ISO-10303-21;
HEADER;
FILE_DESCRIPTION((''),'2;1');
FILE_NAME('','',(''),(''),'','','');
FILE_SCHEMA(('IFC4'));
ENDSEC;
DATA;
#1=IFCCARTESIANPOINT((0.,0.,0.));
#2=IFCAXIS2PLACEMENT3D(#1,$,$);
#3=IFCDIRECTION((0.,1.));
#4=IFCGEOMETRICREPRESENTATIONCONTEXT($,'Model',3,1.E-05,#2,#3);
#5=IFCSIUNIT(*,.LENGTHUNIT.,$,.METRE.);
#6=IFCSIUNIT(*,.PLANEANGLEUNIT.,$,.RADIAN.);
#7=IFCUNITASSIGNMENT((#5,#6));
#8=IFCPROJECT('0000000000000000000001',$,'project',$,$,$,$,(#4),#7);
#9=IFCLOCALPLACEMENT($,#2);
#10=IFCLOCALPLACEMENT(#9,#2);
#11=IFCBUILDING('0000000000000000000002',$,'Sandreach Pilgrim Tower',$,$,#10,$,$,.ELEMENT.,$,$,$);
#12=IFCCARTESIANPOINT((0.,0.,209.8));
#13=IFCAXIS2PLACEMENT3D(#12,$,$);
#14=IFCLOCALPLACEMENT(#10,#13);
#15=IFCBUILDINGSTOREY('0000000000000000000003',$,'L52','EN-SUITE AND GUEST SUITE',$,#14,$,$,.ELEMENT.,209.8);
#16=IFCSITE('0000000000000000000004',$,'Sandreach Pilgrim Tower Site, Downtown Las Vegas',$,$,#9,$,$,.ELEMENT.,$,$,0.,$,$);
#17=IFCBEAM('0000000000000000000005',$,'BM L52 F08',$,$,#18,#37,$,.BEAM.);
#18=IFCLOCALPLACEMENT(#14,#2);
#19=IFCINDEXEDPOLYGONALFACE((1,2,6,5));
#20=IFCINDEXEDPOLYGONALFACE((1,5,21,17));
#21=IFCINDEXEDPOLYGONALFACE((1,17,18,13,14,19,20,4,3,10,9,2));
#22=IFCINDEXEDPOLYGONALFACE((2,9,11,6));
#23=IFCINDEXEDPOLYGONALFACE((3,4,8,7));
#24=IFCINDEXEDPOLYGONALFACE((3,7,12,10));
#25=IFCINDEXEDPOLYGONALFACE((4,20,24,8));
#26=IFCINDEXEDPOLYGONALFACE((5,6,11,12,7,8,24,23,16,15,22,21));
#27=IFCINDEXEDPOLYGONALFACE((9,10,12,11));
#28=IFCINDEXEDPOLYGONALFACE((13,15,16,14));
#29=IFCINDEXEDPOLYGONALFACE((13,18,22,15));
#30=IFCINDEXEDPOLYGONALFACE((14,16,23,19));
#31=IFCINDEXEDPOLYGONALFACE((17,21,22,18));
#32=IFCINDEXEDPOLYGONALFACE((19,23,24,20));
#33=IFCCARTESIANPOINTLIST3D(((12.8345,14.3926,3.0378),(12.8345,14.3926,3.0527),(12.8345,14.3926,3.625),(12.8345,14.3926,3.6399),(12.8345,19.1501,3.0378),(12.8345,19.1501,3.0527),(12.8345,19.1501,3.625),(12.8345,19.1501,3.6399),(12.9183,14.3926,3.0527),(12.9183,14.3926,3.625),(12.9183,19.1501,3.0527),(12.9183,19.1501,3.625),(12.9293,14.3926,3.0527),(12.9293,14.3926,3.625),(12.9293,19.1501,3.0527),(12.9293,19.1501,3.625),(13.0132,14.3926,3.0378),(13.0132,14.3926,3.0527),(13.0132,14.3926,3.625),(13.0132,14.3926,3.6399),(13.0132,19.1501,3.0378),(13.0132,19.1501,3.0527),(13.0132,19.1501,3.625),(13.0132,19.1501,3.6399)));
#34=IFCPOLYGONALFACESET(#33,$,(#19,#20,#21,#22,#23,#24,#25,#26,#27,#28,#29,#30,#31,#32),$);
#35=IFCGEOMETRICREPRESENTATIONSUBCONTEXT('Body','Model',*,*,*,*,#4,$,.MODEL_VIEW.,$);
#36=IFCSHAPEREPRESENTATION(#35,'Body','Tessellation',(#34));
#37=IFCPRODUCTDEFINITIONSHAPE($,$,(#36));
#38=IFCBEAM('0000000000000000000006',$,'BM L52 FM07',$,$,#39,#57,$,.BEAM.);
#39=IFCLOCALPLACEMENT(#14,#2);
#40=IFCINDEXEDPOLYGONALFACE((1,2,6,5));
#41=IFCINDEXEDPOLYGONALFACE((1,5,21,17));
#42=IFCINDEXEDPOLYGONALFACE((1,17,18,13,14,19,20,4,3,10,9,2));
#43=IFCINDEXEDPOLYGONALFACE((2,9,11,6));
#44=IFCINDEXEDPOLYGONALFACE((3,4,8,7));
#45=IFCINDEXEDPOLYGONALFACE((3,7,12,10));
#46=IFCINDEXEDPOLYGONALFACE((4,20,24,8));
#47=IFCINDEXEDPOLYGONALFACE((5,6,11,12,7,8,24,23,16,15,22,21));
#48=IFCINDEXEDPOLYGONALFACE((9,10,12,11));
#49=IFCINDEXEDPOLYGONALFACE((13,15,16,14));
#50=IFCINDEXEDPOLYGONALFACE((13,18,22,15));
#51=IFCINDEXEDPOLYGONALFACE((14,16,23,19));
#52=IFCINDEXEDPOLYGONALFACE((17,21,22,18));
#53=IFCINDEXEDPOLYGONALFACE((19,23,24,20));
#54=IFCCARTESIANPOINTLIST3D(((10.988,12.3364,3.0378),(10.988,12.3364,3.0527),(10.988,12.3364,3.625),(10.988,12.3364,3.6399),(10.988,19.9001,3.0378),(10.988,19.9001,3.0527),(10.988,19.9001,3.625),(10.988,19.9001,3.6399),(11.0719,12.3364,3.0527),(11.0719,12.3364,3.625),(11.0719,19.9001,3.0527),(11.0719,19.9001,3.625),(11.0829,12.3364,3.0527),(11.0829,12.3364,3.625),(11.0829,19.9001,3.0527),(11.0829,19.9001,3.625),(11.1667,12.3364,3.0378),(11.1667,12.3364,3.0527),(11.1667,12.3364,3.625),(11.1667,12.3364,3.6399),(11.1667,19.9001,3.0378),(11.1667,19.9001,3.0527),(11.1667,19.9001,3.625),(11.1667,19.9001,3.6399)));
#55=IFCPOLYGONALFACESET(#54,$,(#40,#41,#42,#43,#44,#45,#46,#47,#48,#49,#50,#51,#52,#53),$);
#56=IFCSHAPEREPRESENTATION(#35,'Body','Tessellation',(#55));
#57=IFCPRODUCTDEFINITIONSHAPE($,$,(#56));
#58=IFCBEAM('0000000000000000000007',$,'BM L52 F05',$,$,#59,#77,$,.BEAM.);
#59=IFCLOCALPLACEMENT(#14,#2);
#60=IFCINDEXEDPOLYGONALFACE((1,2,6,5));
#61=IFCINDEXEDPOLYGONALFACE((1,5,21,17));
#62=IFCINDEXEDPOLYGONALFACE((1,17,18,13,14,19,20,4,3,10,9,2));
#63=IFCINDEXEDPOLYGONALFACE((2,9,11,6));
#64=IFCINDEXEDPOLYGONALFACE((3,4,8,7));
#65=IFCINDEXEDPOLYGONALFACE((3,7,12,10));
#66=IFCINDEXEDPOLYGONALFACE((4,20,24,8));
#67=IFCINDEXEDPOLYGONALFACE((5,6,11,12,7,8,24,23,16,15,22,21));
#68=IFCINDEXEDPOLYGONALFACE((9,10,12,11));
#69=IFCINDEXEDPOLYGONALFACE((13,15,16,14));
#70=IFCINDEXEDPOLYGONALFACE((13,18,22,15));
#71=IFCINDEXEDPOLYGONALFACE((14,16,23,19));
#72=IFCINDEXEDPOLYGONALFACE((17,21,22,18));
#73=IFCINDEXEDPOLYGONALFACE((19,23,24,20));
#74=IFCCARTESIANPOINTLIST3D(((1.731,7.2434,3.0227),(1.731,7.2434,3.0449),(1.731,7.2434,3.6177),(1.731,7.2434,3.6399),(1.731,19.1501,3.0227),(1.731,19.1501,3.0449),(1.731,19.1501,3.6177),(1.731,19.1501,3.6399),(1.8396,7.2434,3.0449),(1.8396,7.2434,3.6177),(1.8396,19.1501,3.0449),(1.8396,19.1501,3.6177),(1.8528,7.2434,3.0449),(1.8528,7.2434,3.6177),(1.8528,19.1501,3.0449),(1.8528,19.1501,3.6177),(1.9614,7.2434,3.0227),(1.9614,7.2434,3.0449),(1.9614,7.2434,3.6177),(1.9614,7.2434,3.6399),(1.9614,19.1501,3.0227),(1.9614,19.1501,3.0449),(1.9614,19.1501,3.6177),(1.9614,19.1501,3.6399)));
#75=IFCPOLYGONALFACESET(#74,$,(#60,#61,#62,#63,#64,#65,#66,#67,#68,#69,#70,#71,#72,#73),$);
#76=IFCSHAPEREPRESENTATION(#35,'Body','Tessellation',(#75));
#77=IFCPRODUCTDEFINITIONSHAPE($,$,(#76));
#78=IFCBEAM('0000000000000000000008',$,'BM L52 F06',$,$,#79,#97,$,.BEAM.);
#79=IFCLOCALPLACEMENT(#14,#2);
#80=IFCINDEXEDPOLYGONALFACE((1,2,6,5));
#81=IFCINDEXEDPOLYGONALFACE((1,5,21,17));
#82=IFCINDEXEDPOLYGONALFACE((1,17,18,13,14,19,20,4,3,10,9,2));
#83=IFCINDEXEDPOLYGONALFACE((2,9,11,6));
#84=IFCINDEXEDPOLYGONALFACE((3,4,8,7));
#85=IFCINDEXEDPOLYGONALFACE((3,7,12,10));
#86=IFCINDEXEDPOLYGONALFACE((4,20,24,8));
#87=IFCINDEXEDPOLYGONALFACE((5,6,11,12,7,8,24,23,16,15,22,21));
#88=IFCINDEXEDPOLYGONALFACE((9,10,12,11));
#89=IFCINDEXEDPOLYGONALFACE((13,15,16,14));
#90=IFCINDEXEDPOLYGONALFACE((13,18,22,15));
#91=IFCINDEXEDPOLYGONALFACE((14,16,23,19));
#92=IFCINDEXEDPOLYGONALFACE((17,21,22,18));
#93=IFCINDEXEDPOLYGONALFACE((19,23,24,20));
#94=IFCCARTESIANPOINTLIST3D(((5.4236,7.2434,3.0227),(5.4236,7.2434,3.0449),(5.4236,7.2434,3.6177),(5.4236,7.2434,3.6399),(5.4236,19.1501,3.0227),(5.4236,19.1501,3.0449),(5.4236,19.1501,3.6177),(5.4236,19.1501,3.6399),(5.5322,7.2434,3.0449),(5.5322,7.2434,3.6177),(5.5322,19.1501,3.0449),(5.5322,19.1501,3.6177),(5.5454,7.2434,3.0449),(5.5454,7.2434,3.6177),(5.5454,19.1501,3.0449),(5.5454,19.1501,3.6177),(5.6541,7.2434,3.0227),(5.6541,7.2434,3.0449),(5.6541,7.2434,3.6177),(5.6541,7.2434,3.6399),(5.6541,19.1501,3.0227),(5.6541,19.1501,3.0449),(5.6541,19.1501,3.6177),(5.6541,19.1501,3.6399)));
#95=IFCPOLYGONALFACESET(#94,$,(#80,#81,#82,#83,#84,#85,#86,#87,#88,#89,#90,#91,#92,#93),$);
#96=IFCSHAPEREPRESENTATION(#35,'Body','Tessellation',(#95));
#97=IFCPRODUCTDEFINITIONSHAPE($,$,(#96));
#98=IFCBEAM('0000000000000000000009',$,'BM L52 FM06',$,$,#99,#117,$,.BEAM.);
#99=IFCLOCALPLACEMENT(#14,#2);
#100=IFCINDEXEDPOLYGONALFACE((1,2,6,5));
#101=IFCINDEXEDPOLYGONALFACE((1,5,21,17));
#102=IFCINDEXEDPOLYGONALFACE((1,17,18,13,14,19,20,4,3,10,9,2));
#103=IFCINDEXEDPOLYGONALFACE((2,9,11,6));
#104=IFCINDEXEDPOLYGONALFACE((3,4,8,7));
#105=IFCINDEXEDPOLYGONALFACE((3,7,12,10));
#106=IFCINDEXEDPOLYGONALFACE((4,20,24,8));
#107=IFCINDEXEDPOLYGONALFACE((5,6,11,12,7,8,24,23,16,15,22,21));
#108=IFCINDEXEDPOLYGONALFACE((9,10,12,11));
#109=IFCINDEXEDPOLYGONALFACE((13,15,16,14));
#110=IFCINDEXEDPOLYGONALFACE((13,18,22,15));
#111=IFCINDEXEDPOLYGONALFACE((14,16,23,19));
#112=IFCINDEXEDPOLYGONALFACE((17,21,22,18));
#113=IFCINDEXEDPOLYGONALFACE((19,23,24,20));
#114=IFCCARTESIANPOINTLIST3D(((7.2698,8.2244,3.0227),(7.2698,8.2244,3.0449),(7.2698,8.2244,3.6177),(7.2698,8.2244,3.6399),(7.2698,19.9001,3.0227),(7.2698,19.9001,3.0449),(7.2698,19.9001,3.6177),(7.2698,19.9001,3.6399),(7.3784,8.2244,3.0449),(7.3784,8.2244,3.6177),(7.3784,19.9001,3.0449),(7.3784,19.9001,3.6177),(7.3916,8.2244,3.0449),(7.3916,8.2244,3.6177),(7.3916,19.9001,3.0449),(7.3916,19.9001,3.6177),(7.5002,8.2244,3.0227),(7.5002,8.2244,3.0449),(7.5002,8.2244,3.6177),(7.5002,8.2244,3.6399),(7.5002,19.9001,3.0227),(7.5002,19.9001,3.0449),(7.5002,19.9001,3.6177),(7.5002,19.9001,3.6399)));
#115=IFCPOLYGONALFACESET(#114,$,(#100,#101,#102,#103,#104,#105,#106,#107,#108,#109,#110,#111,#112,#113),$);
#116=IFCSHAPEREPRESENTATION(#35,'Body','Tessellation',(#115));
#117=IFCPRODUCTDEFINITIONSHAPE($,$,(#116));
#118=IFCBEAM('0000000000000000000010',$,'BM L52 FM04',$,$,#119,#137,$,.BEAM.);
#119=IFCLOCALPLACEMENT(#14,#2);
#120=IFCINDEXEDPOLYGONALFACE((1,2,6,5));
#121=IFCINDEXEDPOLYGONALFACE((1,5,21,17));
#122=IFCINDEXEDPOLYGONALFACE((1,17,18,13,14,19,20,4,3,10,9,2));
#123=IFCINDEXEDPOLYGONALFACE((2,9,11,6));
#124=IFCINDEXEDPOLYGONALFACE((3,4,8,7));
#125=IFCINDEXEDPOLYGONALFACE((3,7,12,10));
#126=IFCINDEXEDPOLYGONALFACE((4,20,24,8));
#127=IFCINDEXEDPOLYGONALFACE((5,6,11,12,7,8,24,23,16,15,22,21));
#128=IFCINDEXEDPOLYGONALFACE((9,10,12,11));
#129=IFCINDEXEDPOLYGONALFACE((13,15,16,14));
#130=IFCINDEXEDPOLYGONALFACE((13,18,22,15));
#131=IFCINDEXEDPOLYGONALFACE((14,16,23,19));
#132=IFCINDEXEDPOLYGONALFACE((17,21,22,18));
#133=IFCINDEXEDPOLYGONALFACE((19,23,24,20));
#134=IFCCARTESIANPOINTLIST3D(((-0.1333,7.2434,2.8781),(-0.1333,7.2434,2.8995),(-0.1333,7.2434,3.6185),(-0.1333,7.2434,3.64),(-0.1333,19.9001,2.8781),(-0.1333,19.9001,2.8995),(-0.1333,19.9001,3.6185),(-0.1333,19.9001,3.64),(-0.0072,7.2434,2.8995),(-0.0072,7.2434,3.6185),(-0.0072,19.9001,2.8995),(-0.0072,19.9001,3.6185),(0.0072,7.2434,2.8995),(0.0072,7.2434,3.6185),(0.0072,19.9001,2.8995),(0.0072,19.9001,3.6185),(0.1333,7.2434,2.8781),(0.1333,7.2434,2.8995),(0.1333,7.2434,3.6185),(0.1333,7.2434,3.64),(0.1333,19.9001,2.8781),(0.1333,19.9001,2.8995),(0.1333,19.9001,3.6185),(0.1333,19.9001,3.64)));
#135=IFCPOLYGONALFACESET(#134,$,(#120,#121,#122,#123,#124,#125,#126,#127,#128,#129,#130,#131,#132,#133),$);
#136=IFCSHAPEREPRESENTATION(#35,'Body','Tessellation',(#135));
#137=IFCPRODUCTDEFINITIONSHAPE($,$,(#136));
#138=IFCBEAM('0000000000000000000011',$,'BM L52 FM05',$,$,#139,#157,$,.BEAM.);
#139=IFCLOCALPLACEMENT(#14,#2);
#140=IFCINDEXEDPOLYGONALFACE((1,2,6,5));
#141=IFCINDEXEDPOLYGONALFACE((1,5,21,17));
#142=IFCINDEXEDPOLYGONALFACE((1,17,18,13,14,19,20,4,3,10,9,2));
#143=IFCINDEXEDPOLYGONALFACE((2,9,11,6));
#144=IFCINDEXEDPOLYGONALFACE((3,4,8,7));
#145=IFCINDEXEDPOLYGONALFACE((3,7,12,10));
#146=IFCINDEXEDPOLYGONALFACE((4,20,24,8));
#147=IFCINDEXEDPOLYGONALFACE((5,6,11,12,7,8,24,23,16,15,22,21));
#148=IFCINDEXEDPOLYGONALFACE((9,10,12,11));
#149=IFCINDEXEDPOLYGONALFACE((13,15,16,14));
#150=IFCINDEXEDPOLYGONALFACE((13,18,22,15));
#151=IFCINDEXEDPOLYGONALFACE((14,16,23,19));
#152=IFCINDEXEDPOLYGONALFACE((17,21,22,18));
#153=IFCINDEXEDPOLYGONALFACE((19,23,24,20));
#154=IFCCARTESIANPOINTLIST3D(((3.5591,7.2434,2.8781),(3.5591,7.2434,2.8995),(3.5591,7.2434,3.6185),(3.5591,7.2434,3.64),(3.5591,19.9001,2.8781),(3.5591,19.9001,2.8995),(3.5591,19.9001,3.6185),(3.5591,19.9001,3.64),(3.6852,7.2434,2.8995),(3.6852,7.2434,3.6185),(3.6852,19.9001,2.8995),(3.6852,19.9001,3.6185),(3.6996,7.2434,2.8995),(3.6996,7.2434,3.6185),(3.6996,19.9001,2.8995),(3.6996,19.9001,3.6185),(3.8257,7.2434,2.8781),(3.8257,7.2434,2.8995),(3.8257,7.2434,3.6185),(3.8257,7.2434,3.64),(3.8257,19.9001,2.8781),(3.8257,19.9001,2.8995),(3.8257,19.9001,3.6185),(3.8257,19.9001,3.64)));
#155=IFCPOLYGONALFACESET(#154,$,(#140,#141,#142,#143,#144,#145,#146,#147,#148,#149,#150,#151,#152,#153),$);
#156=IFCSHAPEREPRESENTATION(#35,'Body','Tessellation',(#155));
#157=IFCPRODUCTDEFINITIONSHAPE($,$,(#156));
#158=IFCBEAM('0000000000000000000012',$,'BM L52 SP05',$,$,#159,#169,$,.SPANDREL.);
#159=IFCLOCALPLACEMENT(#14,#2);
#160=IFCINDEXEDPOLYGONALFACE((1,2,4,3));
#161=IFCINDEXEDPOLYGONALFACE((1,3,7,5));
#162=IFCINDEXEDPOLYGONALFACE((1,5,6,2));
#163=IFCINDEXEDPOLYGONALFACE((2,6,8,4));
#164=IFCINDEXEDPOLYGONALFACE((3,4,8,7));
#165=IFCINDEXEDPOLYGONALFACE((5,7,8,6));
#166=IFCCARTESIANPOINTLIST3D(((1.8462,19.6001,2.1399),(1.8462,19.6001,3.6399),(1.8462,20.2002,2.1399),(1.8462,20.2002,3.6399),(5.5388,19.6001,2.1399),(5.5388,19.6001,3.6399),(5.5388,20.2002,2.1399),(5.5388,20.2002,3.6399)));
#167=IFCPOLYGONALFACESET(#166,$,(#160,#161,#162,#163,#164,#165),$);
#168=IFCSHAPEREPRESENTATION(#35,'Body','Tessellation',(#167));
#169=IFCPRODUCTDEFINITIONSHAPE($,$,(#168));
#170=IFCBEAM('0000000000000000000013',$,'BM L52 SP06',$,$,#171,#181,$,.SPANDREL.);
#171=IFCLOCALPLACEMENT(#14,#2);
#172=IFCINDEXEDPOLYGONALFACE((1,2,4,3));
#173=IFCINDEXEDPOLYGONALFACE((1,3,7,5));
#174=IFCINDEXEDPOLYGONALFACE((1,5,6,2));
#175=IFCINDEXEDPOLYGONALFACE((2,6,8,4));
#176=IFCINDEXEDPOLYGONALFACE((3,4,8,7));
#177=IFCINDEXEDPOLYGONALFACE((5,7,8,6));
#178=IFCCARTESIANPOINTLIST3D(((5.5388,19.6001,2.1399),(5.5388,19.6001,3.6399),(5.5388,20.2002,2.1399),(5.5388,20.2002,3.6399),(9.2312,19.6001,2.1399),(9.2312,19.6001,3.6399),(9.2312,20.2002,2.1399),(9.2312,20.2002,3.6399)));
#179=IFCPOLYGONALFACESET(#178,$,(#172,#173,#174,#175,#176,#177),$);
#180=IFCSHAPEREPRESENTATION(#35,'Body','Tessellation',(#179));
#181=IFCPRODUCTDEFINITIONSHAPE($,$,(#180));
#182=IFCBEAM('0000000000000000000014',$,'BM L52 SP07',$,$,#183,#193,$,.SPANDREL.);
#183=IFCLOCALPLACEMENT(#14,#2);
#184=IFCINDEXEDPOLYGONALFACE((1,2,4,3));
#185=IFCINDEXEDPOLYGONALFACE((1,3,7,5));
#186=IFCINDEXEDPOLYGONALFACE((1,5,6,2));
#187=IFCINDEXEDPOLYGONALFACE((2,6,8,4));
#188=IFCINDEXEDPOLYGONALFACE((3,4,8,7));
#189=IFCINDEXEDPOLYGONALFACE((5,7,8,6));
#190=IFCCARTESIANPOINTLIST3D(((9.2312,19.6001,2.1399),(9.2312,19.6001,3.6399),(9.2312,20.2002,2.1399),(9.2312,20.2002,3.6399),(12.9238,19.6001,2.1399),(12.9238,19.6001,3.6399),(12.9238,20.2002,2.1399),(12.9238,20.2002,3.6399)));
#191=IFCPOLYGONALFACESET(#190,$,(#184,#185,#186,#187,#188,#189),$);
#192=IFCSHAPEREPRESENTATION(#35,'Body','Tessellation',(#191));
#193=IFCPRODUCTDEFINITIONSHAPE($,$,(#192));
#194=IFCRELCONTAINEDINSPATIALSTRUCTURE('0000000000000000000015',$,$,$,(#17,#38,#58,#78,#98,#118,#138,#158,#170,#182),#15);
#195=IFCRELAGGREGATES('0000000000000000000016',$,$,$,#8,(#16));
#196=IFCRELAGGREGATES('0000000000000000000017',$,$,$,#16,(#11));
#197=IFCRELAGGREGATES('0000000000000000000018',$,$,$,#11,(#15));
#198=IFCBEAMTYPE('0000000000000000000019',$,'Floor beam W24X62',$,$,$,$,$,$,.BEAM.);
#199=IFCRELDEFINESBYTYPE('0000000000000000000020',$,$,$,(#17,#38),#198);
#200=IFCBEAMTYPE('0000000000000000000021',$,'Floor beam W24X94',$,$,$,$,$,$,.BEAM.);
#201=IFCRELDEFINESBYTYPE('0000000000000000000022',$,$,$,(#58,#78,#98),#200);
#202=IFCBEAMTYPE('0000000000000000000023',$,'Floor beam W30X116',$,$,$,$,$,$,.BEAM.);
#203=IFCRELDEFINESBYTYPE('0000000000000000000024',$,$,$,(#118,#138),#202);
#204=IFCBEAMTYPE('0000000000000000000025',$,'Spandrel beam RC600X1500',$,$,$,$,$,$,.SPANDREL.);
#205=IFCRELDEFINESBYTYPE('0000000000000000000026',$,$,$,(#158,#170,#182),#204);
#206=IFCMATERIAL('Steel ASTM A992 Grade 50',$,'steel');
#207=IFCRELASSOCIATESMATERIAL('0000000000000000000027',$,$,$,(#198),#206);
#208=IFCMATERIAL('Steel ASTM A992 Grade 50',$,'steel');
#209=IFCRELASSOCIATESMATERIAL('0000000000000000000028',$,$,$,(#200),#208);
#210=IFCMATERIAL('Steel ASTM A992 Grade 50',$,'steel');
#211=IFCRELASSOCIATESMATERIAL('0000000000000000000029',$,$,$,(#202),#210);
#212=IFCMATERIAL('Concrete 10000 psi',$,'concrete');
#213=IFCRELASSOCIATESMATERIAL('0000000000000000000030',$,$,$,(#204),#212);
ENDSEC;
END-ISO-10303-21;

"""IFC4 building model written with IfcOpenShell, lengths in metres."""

from ifc_helpers import new_model, si_unit, direction, frame, origin, origin_2d, place, context, subcontext, project, spatial, rectangle, i_section, extrude, material, material_profile, profile_set, type_object, element, save


model = new_model("IFC4")

# Units and contexts
model_context = context("Model", 3, precision=1e-05, world=origin(), true_north=direction((0.0, 1.0)))
body_context = subcontext(model_context, "Body", "Model", "MODEL_VIEW")
ifc_project = project(units=[si_unit("LENGTHUNIT", "METRE"), si_unit("PLANEANGLEUNIT", "RADIAN")], contexts=[model_context])

# Site, building, storey
site_placement = place(None, origin())
site = spatial("IfcSite", under=ifc_project, at=site_placement, Name="Sandreach Pilgrim Tower Site, Downtown Las Vegas", CompositionType="ELEMENT", RefElevation=0.0)
building_placement = place(site_placement, origin())
building = spatial("IfcBuilding", under=site, at=building_placement, Name="Sandreach Pilgrim Tower", CompositionType="ELEMENT")
storey_placement = place(building_placement, frame((0.0, 0.0, 209.8)))
storey = spatial("IfcBuildingStorey", under=building, at=storey_placement, Name="L52", Description="EN-SUITE AND GUEST SUITE", CompositionType="ELEMENT", Elevation=209.8)

# Beams
ifc_material_1 = material(Name="Steel ASTM A992 Grade 50", Category="steel")
ifc_material_profile_1 = material_profile(ifc_material_1, i_section(OverallWidth=0.1787, OverallDepth=0.6021, WebThickness=0.011, FlangeThickness=0.0149, at=origin_2d()), Name="W24X62")
ifc_profile_set_1 = profile_set([ifc_material_profile_1], Name="Steel ASTM A992 Grade 50")
beam_type_1 = type_object("IfcBeamType", Name="Floor beam W24X62", PredefinedType="BEAM", material=ifc_profile_set_1)
beam_1_placement = place(storey_placement, frame((12.9238, 19.1501, 3.3389), z_axis=(0.0, -1.0, 0.0), x_axis=(1.0, 0.0, 0.0)))
element("IfcBeam", 1, at=beam_1_placement, inside=storey, type_object=beam_type_1, Name="BM L52 F08", PredefinedType="BEAM", context=body_context, shape_type="SweptSolid", body=[
    extrude(i_section(OverallWidth=0.1787, OverallDepth=0.6021, WebThickness=0.011, FlangeThickness=0.0149, at=origin_2d()), origin(), (0.0, 0.0, 1.0), 4.7576),
])
beam_2_placement = place(storey_placement, frame((11.0774, 19.9001, 3.3389), z_axis=(0.0, -1.0, 0.0), x_axis=(1.0, 0.0, 0.0)))
element("IfcBeam", 2, at=beam_2_placement, inside=storey, type_object=beam_type_1, Name="BM L52 FM07", PredefinedType="BEAM", context=body_context, shape_type="SweptSolid", body=[
    extrude(i_section(OverallWidth=0.1787, OverallDepth=0.6021, WebThickness=0.011, FlangeThickness=0.0149, at=origin_2d()), origin(), (0.0, 0.0, 1.0), 7.5637),
])
ifc_material_2 = material(Name="Steel ASTM A992 Grade 50", Category="steel")
ifc_material_profile_2 = material_profile(ifc_material_2, i_section(OverallWidth=0.2305, OverallDepth=0.6172, WebThickness=0.0132, FlangeThickness=0.0222, at=origin_2d()), Name="W24X94")
ifc_profile_set_2 = profile_set([ifc_material_profile_2], Name="Steel ASTM A992 Grade 50")
beam_type_2 = type_object("IfcBeamType", Name="Floor beam W24X94", PredefinedType="BEAM", material=ifc_profile_set_2)
for number, where, z_axis, x_axis, name in (
    (3, (1.8462, 19.1501, 3.3313), (0.0, -1.0, 0.0), (1.0, 0.0, 0.0), "BM L52 F05"),
    (4, (5.5388, 19.1501, 3.3313), (0.0, -1.0, 0.0), (1.0, 0.0, 0.0), "BM L52 F06"),
):
    element("IfcBeam", number, at=place(storey_placement, frame(where, z_axis=z_axis, x_axis=x_axis)), inside=storey, type_object=beam_type_2, Name=name, PredefinedType="BEAM", context=body_context, shape_type="SweptSolid", body=[
        extrude(i_section(OverallWidth=0.2305, OverallDepth=0.6172, WebThickness=0.0132, FlangeThickness=0.0222, at=origin_2d()), origin(), (0.0, 0.0, 1.0), 11.9067),
    ])
beam_3_placement = place(storey_placement, frame((7.385, 19.9001, 3.3313), z_axis=(0.0, -1.0, 0.0), x_axis=(1.0, 0.0, 0.0)))
element("IfcBeam", 5, at=beam_3_placement, inside=storey, type_object=beam_type_2, Name="BM L52 FM06", PredefinedType="BEAM", context=body_context, shape_type="SweptSolid", body=[
    extrude(i_section(OverallWidth=0.2305, OverallDepth=0.6172, WebThickness=0.0132, FlangeThickness=0.0222, at=origin_2d()), origin(), (0.0, 0.0, 1.0), 11.6758),
])
ifc_material_3 = material(Name="Steel ASTM A992 Grade 50", Category="steel")
ifc_material_profile_3 = material_profile(ifc_material_3, i_section(OverallWidth=0.2666, OverallDepth=0.762, WebThickness=0.0144, FlangeThickness=0.0215, at=origin_2d()), Name="W30X116")
ifc_profile_set_3 = profile_set([ifc_material_profile_3], Name="Steel ASTM A992 Grade 50")
beam_type_3 = type_object("IfcBeamType", Name="Floor beam W30X116", PredefinedType="BEAM", material=ifc_profile_set_3)
for number, where, z_axis, x_axis, name in (
    (6, (0.0, 19.9001, 3.259), (0.0, -1.0, 0.0), (1.0, 0.0, 0.0), "BM L52 FM04"),
    (7, (3.6924, 19.9001, 3.259), (0.0, -1.0, 0.0), (1.0, 0.0, 0.0), "BM L52 FM05"),
):
    element("IfcBeam", number, at=place(storey_placement, frame(where, z_axis=z_axis, x_axis=x_axis)), inside=storey, type_object=beam_type_3, Name=name, PredefinedType="BEAM", context=body_context, shape_type="SweptSolid", body=[
        extrude(i_section(OverallWidth=0.2666, OverallDepth=0.762, WebThickness=0.0144, FlangeThickness=0.0215, at=origin_2d()), origin(), (0.0, 0.0, 1.0), 12.6567),
    ])
ifc_material_4 = material(Name="Concrete 10000 psi", Category="concrete")
ifc_material_profile_4 = material_profile(ifc_material_4, rectangle(XDim=0.6001, YDim=1.5, at=origin_2d()), Name="RC600X1500")
ifc_profile_set_4 = profile_set([ifc_material_profile_4], Name="Concrete 10000 psi")
beam_type_4 = type_object("IfcBeamType", Name="Spandrel beam RC600X1500", PredefinedType="SPANDREL", material=ifc_profile_set_4)
beam_4_placement = place(storey_placement, frame((1.8462, 19.9001, 2.8899), z_axis=(1.0, 0.0, 0.0), x_axis=(0.0, 1.0, 0.0)))
element("IfcBeam", 8, at=beam_4_placement, inside=storey, type_object=beam_type_4, Name="BM L52 SP05", PredefinedType="SPANDREL", context=body_context, shape_type="SweptSolid", body=[
    extrude(rectangle(XDim=0.6001, YDim=1.5, at=origin_2d()), origin(), (0.0, 0.0, 1.0), 3.6926),
])
beam_5_placement = place(storey_placement, frame((5.5388, 19.9001, 2.8899), z_axis=(1.0, 0.0, 0.0), x_axis=(0.0, 1.0, 0.0)))
element("IfcBeam", 9, at=beam_5_placement, inside=storey, type_object=beam_type_4, Name="BM L52 SP06", PredefinedType="SPANDREL", context=body_context, shape_type="SweptSolid", body=[
    extrude(rectangle(XDim=0.6001, YDim=1.5, at=origin_2d()), origin(), (0.0, 0.0, 1.0), 3.6924),
])
beam_6_placement = place(storey_placement, frame((9.2312, 19.9001, 2.8899), z_axis=(1.0, 0.0, 0.0), x_axis=(0.0, 1.0, 0.0)))
element("IfcBeam", 10, at=beam_6_placement, inside=storey, type_object=beam_type_4, Name="BM L52 SP07", PredefinedType="SPANDREL", context=body_context, shape_type="SweptSolid", body=[
    extrude(rectangle(XDim=0.6001, YDim=1.5, at=origin_2d()), origin(), (0.0, 0.0, 1.0), 3.6926),
])

save(model, "model.ifc")
